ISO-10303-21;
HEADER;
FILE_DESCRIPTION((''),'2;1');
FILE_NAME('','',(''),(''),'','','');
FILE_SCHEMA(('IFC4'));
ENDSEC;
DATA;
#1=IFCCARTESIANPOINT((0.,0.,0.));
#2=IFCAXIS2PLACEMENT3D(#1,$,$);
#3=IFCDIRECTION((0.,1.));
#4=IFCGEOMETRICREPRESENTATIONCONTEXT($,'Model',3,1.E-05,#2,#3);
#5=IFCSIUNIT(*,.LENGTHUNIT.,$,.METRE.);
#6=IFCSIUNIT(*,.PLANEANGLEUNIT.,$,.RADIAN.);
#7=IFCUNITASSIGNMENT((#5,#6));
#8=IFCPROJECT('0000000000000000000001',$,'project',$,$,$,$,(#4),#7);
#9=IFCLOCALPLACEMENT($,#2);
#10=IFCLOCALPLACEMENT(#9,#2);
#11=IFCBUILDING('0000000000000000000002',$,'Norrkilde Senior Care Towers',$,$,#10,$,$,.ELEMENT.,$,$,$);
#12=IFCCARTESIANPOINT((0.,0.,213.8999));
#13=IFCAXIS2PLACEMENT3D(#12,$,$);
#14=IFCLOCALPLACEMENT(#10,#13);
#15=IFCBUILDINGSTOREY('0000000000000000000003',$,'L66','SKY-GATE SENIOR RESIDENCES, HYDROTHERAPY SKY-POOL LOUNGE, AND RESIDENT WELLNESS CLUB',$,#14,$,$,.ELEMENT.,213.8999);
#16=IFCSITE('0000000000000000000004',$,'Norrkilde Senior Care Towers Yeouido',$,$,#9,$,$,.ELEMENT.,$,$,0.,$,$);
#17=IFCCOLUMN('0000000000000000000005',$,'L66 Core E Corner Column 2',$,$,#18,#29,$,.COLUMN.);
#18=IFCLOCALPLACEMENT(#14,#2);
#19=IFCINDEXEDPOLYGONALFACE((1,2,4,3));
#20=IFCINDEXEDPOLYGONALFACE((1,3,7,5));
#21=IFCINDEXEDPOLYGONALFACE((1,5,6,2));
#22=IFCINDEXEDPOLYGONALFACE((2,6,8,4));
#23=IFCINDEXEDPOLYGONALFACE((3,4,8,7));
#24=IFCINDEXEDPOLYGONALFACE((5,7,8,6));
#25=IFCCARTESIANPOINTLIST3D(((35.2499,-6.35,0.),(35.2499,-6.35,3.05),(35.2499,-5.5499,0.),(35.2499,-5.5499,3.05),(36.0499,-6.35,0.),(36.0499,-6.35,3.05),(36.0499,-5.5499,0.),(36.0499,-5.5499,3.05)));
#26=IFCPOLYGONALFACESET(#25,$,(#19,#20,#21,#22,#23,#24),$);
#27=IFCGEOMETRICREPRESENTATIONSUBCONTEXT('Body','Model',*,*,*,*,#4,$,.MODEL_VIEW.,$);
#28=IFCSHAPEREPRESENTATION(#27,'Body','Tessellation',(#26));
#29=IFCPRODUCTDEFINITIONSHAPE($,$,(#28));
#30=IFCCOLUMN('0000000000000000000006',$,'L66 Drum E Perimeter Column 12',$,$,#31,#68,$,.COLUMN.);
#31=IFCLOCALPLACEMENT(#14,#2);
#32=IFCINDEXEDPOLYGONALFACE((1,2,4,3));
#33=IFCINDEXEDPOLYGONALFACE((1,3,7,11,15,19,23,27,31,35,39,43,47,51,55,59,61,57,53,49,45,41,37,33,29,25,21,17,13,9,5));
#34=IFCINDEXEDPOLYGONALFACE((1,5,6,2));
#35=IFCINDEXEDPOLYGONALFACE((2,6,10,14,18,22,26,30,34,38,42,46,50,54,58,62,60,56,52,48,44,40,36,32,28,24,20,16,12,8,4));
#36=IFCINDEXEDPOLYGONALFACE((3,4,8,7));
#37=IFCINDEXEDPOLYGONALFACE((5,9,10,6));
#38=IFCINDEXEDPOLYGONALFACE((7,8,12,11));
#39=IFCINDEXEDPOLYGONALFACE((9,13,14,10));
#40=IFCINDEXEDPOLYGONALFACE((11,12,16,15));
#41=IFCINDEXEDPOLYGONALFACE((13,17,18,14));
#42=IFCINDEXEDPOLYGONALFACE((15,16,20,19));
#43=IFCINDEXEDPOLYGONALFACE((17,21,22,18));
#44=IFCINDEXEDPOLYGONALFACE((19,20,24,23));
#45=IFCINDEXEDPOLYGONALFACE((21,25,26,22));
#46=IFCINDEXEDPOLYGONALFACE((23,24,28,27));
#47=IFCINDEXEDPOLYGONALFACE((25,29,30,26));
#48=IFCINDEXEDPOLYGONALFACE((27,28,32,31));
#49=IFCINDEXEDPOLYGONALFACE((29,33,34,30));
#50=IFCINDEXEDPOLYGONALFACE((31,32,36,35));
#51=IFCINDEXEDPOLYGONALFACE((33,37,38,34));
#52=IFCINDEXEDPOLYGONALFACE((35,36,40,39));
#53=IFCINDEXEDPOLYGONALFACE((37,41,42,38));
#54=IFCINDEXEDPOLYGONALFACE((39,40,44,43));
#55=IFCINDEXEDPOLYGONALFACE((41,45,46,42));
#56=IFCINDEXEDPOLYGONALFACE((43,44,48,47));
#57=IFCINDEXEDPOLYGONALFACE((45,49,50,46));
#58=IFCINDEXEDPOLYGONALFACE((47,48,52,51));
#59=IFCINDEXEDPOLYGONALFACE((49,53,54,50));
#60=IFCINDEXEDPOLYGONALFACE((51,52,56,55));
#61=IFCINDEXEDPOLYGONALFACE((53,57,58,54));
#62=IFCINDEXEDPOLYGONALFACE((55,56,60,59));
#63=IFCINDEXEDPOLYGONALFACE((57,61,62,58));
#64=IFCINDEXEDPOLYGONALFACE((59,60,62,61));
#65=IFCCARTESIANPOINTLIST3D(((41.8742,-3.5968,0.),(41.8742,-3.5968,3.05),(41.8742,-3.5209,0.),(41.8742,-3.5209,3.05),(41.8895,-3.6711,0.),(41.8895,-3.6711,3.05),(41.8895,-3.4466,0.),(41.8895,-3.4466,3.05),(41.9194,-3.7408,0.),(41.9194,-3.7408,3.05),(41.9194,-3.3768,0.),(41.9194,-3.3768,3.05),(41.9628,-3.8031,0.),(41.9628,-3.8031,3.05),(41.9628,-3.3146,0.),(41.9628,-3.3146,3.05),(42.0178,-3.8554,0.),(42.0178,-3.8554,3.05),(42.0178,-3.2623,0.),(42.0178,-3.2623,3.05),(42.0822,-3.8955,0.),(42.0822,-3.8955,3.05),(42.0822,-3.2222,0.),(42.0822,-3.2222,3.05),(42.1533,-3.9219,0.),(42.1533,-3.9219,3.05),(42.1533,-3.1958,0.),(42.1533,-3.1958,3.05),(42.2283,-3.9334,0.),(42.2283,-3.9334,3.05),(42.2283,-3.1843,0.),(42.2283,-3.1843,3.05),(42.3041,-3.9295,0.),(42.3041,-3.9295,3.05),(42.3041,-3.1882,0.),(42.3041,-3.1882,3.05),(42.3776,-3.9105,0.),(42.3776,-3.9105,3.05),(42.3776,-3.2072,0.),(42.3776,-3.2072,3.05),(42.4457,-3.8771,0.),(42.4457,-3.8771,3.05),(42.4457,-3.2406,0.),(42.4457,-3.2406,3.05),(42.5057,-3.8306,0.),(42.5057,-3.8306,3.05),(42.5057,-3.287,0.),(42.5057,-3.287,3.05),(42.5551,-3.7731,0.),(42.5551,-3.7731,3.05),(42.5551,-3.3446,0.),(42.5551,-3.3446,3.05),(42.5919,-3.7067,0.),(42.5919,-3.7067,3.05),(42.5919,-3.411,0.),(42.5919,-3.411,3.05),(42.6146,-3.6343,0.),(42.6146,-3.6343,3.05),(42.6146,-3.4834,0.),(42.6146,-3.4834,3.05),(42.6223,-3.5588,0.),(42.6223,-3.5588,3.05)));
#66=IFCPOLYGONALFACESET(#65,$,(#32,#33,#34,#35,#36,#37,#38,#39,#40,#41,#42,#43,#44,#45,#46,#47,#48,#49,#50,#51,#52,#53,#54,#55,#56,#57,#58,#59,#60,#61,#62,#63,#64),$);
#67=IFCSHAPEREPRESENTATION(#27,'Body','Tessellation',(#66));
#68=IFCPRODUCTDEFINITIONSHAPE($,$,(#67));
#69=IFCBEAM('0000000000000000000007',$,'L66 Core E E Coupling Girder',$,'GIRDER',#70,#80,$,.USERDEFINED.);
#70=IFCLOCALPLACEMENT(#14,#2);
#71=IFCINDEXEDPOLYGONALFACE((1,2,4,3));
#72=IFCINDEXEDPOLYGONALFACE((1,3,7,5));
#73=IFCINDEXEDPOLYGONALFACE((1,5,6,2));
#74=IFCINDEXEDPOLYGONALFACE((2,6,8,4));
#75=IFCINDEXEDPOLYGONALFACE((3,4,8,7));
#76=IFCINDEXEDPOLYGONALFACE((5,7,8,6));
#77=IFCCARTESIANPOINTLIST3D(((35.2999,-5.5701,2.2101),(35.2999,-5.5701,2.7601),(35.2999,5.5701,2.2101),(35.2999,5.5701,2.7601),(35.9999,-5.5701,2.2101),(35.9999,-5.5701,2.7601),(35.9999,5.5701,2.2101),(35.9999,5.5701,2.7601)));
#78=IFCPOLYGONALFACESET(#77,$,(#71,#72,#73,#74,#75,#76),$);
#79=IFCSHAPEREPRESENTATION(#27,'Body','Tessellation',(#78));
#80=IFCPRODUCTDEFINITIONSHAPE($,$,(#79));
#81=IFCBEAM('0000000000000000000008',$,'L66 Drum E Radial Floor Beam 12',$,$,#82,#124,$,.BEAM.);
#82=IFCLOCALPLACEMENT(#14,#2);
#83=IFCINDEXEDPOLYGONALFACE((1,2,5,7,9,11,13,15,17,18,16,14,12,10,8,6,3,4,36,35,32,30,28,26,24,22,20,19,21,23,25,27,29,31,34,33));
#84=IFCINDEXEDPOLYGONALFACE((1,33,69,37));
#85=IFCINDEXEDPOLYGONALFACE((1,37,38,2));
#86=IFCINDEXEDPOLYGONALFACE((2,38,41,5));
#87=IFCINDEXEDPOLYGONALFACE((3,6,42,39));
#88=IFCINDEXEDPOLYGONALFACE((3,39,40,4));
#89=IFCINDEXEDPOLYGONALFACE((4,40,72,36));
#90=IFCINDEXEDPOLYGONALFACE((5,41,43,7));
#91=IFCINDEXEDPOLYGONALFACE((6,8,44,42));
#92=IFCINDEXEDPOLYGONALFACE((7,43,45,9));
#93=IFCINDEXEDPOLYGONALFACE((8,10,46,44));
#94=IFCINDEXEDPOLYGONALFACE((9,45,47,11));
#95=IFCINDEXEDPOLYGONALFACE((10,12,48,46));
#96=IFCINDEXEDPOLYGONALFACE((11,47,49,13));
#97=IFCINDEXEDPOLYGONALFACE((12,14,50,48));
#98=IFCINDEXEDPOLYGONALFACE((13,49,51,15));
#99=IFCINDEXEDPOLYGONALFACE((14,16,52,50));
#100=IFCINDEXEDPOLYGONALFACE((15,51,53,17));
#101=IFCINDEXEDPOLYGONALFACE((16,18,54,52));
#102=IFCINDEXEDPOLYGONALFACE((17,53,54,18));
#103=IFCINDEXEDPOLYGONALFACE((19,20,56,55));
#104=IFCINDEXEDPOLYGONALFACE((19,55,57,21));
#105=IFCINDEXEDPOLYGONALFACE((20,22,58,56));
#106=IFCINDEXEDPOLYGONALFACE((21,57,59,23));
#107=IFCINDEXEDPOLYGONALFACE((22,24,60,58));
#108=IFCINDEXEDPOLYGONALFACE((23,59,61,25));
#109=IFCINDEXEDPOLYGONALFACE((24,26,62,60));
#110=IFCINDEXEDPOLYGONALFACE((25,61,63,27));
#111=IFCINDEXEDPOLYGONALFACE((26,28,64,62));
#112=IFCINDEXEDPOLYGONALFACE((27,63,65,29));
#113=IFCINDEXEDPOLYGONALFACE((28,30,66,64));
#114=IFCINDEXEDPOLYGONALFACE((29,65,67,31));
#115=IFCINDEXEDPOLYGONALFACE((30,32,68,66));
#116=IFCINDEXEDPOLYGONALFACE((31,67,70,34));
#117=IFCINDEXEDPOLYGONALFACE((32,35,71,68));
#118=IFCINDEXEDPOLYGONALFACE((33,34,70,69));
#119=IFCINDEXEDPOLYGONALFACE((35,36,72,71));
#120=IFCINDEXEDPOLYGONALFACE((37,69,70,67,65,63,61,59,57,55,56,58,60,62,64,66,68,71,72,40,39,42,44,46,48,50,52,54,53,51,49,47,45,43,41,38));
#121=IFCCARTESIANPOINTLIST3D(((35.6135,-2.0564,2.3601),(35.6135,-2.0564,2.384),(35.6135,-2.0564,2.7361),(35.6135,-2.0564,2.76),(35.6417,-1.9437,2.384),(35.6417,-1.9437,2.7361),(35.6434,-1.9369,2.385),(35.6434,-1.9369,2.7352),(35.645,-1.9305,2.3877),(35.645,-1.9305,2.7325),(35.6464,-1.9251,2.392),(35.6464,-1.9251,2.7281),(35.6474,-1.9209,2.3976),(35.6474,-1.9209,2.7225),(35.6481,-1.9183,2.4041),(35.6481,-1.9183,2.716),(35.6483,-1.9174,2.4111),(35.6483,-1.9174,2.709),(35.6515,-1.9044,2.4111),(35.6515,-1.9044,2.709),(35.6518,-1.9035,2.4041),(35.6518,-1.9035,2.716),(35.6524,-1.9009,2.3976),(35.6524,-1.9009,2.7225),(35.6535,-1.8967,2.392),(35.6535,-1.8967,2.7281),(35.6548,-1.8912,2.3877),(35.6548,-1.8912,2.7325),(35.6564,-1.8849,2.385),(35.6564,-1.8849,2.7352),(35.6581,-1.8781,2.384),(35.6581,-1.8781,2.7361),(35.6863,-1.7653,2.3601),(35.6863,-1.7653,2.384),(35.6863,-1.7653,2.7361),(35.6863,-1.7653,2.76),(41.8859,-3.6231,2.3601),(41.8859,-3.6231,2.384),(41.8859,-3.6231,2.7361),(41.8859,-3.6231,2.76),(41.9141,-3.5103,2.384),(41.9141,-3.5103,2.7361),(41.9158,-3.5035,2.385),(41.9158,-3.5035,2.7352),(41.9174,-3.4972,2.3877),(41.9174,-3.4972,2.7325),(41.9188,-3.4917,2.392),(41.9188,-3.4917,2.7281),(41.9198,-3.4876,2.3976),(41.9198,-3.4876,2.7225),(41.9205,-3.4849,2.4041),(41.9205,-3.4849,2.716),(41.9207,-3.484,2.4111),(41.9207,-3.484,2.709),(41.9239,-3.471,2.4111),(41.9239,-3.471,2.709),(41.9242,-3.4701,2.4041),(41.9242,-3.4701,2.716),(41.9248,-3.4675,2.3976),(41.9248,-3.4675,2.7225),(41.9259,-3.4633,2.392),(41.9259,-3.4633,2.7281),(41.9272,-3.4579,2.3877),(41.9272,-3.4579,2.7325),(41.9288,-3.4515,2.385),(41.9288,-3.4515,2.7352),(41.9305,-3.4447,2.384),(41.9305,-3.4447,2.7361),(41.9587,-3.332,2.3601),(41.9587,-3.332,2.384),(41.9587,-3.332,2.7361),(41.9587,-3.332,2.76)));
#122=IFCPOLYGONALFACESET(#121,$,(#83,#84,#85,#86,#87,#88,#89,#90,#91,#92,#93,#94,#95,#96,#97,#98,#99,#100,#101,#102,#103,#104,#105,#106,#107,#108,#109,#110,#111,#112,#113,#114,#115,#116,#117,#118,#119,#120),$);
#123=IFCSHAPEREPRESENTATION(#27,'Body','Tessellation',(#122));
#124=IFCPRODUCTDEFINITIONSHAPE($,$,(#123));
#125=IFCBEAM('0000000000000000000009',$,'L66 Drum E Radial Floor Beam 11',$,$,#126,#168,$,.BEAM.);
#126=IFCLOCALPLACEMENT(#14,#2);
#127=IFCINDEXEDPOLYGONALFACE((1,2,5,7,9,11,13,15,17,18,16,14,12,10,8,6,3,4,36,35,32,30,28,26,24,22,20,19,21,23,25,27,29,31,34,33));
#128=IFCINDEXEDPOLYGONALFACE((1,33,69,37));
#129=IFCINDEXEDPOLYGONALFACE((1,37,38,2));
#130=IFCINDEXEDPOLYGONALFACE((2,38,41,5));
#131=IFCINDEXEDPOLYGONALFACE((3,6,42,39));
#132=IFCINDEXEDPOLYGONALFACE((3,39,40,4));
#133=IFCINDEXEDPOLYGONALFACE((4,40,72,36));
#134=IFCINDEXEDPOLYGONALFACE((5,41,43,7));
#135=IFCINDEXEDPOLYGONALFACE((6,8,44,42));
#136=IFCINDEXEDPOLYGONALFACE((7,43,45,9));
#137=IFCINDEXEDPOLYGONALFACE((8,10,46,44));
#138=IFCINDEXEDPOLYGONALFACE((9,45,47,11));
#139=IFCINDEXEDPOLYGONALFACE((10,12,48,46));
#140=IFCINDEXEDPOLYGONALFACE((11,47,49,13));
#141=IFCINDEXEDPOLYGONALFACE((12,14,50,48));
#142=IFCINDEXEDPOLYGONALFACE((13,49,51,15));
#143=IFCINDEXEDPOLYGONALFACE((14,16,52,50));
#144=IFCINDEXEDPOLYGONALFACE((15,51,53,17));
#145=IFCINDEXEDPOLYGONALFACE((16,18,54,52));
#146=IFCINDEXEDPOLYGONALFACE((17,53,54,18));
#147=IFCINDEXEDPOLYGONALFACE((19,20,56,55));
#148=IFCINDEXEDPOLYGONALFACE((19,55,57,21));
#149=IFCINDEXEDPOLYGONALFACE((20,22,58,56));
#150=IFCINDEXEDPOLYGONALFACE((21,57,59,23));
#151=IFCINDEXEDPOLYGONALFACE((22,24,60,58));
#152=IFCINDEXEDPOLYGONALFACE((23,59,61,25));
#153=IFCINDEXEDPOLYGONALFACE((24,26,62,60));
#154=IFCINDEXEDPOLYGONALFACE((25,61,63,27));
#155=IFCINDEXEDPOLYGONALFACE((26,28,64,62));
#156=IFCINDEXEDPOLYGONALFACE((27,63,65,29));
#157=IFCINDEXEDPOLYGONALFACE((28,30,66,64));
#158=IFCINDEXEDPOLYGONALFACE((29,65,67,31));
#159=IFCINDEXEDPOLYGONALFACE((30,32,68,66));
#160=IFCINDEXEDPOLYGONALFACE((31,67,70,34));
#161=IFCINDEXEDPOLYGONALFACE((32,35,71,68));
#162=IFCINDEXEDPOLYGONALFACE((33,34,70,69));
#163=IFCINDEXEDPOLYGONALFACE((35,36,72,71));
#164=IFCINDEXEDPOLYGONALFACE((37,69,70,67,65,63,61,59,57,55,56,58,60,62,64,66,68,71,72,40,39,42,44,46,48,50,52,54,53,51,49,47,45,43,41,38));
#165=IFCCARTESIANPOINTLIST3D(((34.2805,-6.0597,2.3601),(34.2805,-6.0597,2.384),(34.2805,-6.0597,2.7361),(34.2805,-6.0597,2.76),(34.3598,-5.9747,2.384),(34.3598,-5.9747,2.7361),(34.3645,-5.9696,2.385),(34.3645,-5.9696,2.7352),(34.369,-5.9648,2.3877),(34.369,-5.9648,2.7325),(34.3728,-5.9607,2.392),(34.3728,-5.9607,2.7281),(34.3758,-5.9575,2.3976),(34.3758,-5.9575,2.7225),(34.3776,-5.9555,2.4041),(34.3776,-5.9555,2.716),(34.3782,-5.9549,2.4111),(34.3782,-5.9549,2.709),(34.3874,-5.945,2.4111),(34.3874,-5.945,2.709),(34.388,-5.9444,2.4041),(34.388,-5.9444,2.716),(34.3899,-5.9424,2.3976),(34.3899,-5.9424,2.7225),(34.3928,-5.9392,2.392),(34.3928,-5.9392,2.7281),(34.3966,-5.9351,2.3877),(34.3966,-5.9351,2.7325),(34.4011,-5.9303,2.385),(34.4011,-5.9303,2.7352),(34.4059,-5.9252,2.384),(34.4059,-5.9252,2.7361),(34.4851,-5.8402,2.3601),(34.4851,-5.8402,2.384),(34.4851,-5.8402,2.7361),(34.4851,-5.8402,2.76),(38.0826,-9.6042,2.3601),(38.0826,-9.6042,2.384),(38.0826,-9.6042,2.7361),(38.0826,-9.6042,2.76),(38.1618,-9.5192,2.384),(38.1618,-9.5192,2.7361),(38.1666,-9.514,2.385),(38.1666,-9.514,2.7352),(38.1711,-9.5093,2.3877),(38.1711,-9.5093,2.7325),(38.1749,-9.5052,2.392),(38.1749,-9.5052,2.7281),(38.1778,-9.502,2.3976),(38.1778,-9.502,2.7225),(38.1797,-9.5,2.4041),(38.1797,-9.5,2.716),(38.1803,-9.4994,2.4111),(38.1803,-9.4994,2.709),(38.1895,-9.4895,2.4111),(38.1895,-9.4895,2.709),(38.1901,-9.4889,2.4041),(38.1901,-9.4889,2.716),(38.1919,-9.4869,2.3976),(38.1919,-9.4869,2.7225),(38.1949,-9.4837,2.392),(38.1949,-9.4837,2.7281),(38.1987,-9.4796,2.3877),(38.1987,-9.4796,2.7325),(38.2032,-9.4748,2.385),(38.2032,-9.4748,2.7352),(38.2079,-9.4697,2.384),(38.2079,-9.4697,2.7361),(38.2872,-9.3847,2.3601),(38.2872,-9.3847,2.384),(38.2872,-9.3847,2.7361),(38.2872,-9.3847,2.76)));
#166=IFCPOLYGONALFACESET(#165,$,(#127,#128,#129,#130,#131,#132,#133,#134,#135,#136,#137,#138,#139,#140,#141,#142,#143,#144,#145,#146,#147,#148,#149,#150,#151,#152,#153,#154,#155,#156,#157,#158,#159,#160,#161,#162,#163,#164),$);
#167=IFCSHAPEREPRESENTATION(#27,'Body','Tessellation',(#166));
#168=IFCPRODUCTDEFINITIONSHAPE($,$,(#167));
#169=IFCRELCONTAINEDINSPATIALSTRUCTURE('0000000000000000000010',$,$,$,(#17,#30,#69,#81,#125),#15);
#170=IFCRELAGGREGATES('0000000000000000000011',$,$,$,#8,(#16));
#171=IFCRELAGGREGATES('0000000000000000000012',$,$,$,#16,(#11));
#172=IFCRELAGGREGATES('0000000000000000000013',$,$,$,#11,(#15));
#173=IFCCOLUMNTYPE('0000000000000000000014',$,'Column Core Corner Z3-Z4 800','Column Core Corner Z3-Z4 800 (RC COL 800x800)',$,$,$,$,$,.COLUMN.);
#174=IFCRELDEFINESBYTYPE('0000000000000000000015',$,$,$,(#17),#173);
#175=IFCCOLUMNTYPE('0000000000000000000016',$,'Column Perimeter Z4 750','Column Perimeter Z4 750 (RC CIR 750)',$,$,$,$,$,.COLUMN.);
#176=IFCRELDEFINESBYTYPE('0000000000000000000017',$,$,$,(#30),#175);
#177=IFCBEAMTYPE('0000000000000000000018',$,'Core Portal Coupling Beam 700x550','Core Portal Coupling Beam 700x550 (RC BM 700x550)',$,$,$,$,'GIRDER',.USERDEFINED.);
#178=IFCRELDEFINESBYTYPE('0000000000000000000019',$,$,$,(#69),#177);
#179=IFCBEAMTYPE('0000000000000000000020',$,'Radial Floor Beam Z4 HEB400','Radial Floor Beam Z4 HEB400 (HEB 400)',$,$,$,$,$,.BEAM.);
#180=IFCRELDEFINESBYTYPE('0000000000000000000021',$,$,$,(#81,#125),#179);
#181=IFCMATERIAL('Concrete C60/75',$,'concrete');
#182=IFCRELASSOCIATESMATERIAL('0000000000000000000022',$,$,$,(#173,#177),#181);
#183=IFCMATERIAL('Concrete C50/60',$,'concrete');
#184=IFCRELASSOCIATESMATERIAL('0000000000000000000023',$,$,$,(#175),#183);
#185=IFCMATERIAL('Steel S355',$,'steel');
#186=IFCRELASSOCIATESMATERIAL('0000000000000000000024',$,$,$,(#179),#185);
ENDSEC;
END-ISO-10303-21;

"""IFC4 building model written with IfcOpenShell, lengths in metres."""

from ifc_helpers import new_model, si_unit, direction, frame, origin, origin_2d, place, context, subcontext, project, spatial, rectangle, circle, i_section, extrude, source, transform, mapped, material, material_profile, profile_set, type_object, type_shapes, element, save


model = new_model("IFC4")

# Units and contexts
model_context = context("Model", 3, precision=1e-05, world=origin(), true_north=direction((0.0, 1.0)))
body_context = subcontext(model_context, "Body", "Model", "MODEL_VIEW")
ifc_project = project(units=[si_unit("LENGTHUNIT", "METRE"), si_unit("PLANEANGLEUNIT", "RADIAN")], contexts=[model_context])

# Site, building, storey
site_placement = place(None, origin())
site = spatial("IfcSite", under=ifc_project, at=site_placement, Name="Norrkilde Senior Care Towers Yeouido", CompositionType="ELEMENT", RefElevation=0.0)
building_placement = place(site_placement, origin())
building = spatial("IfcBuilding", under=site, at=building_placement, Name="Norrkilde Senior Care Towers", CompositionType="ELEMENT")
storey_placement = place(building_placement, frame((0.0, 0.0, 213.8999)))
storey = spatial("IfcBuildingStorey", under=building, at=storey_placement, Name="L66", Description="SKY-GATE SENIOR RESIDENCES, HYDROTHERAPY SKY-POOL LOUNGE, AND RESIDENT WELLNESS CLUB", CompositionType="ELEMENT", Elevation=213.8999)

# Columns
ifc_material_1 = material(Name="Concrete C60/75", Category="concrete")
ifc_material_profile_1 = material_profile(ifc_material_1, rectangle(XDim=0.8, YDim=0.8, at=origin_2d()), Name="RC COL 800x800")
ifc_profile_set_1 = profile_set([ifc_material_profile_1], Name="Concrete C60/75")
column_type_1 = type_object("IfcColumnType", Name="Column Core Corner Z3-Z4 800", Description="Column Core Corner Z3-Z4 800 (RC COL 800x800)", PredefinedType="COLUMN", material=ifc_profile_set_1)
shared_shape_1 = source(origin(), body_context, "Body", "SweptSolid", [
    extrude(rectangle(XDim=0.8, YDim=0.8, at=origin_2d()), origin(), (0.0, 0.0, 1.0), 3.05),
])
type_shapes(column_type_1, [shared_shape_1])
column_1_placement = place(storey_placement, frame((35.6499, -5.95, 0.0), z_axis=(0.0, 0.0, 1.0), x_axis=(1.0, 0.0, 0.0)))
element("IfcColumn", 1, at=column_1_placement, inside=storey, type_object=column_type_1, Name="L66 Core E Corner Column 2", PredefinedType="COLUMN", context=body_context, shape_type="MappedRepresentation", body=[
    mapped(shared_shape_1, transform((0.0, 0.0, 0.0), x_axis=(1.0, 0.0, 0.0), y_axis=(0.0, 1.0, 0.0), z_axis=(0.0, 0.0, 1.0), scale=1.0)),
])
ifc_material_2 = material(Name="Concrete C50/60", Category="concrete")
ifc_material_profile_2 = material_profile(ifc_material_2, circle(Radius=0.375, at=origin_2d()), Name="RC CIR 750")
ifc_profile_set_2 = profile_set([ifc_material_profile_2], Name="Concrete C50/60")
column_type_2 = type_object("IfcColumnType", Name="Column Perimeter Z4 750", Description="Column Perimeter Z4 750 (RC CIR 750)", PredefinedType="COLUMN", material=ifc_profile_set_2)
shared_shape_2 = source(origin(), body_context, "Body", "SweptSolid", [
    extrude(circle(Radius=0.375, at=origin_2d()), origin(), (0.0, 0.0, 1.0), 3.05),
])
type_shapes(column_type_2, [shared_shape_2])
column_2_placement = place(storey_placement, frame((42.2473, -3.5588, 0.0), z_axis=(0.0, 0.0, 1.0), x_axis=(1.0, 0.0, 0.0)))
element("IfcColumn", 2, at=column_2_placement, inside=storey, type_object=column_type_2, Name="L66 Drum E Perimeter Column 12", PredefinedType="COLUMN", context=body_context, shape_type="MappedRepresentation", body=[
    mapped(shared_shape_2, transform((0.0, 0.0, 0.0), x_axis=(1.0, 0.0, 0.0), y_axis=(0.0, 1.0, 0.0), z_axis=(0.0, 0.0, 1.0), scale=1.0)),
])

# Beams
ifc_material_profile_3 = material_profile(ifc_material_1, rectangle(XDim=0.7, YDim=0.55, at=origin_2d()), Name="RC BM 700x550")
ifc_profile_set_3 = profile_set([ifc_material_profile_3], Name="Concrete C60/75")
beam_type_1 = type_object("IfcBeamType", Name="Core Portal Coupling Beam 700x550", Description="Core Portal Coupling Beam 700x550 (RC BM 700x550)", ElementType="GIRDER", PredefinedType="USERDEFINED", material=ifc_profile_set_3)
shared_shape_3 = source(origin(), body_context, "Body", "SweptSolid", [
    extrude(rectangle(XDim=0.7, YDim=0.55, at=origin_2d()), origin(), (0.0, 0.0, 1.0), 11.1401),
])
type_shapes(beam_type_1, [shared_shape_3])
beam_1_placement = place(storey_placement, frame((35.6499, -5.5701, 2.4851), z_axis=(0.0, 1.0, 0.0), x_axis=(-1.0, 0.0, 0.0)))
element("IfcBeam", 3, at=beam_1_placement, inside=storey, type_object=beam_type_1, Name="L66 Core E E Coupling Girder", ObjectType="GIRDER", PredefinedType="USERDEFINED", context=body_context, shape_type="MappedRepresentation", body=[
    mapped(shared_shape_3, transform((0.0, 0.0, 0.0), x_axis=(1.0, 0.0, 0.0), y_axis=(0.0, 1.0, 0.0), z_axis=(0.0, 0.0, 1.0), scale=1.0)),
])
ifc_material_3 = material(Name="Steel S355", Category="steel")
ifc_material_profile_4 = material_profile(ifc_material_3, i_section(OverallWidth=0.3, OverallDepth=0.3999, WebThickness=0.0134, FlangeThickness=0.0239, FilletRadius=0.0271, at=origin_2d()), Name="HEB 400")
ifc_profile_set_4 = profile_set([ifc_material_profile_4], Name="Steel S355")
beam_type_2 = type_object("IfcBeamType", Name="Radial Floor Beam Z4 HEB400", Description="Radial Floor Beam Z4 HEB400 (HEB 400)", PredefinedType="BEAM", material=ifc_profile_set_4)
shared_shape_4 = source(origin(), body_context, "Body", "SweptSolid", [
    extrude(i_section(OverallWidth=0.3, OverallDepth=0.3999, WebThickness=0.0134, FlangeThickness=0.0239, FilletRadius=0.0271, at=origin_2d()), origin(), (0.0, 0.0, 1.0), 6.4651),
])
beam_2_placement = place(storey_placement, frame((35.6499, -1.9109, 2.5601), z_axis=(0.970196, -0.242322, 0.0), x_axis=(0.242322, 0.970196, 0.0)))
element("IfcBeam", 4, at=beam_2_placement, inside=storey, type_object=beam_type_2, Name="L66 Drum E Radial Floor Beam 12", PredefinedType="BEAM", context=body_context, shape_type="MappedRepresentation", body=[
    mapped(shared_shape_4, transform((0.0, 0.0, 0.0), x_axis=(1.0, 0.0, 0.0), y_axis=(0.0, 1.0, 0.0), z_axis=(0.0, 0.0, 1.0), scale=1.0)),
])
shared_shape_5 = source(origin(), body_context, "Body", "SweptSolid", [
    extrude(i_section(OverallWidth=0.3, OverallDepth=0.3999, WebThickness=0.0134, FlangeThickness=0.0239, FilletRadius=0.0271, at=origin_2d()), origin(), (0.0, 0.0, 1.0), 5.198),
])
type_shapes(beam_type_2, [shared_shape_4, shared_shape_5])
beam_3_placement = place(storey_placement, frame((34.3828, -5.95, 2.5601), z_axis=(0.731449, -0.681896, 0.0), x_axis=(0.681896, 0.731449, 0.0)))
element("IfcBeam", 5, at=beam_3_placement, inside=storey, type_object=beam_type_2, Name="L66 Drum E Radial Floor Beam 11", PredefinedType="BEAM", context=body_context, shape_type="MappedRepresentation", body=[
    mapped(shared_shape_5, transform((0.0, 0.0, 0.0), x_axis=(1.0, 0.0, 0.0), y_axis=(0.0, 1.0, 0.0), z_axis=(0.0, 0.0, 1.0), scale=1.0)),
])

save(model, "model.ifc")
